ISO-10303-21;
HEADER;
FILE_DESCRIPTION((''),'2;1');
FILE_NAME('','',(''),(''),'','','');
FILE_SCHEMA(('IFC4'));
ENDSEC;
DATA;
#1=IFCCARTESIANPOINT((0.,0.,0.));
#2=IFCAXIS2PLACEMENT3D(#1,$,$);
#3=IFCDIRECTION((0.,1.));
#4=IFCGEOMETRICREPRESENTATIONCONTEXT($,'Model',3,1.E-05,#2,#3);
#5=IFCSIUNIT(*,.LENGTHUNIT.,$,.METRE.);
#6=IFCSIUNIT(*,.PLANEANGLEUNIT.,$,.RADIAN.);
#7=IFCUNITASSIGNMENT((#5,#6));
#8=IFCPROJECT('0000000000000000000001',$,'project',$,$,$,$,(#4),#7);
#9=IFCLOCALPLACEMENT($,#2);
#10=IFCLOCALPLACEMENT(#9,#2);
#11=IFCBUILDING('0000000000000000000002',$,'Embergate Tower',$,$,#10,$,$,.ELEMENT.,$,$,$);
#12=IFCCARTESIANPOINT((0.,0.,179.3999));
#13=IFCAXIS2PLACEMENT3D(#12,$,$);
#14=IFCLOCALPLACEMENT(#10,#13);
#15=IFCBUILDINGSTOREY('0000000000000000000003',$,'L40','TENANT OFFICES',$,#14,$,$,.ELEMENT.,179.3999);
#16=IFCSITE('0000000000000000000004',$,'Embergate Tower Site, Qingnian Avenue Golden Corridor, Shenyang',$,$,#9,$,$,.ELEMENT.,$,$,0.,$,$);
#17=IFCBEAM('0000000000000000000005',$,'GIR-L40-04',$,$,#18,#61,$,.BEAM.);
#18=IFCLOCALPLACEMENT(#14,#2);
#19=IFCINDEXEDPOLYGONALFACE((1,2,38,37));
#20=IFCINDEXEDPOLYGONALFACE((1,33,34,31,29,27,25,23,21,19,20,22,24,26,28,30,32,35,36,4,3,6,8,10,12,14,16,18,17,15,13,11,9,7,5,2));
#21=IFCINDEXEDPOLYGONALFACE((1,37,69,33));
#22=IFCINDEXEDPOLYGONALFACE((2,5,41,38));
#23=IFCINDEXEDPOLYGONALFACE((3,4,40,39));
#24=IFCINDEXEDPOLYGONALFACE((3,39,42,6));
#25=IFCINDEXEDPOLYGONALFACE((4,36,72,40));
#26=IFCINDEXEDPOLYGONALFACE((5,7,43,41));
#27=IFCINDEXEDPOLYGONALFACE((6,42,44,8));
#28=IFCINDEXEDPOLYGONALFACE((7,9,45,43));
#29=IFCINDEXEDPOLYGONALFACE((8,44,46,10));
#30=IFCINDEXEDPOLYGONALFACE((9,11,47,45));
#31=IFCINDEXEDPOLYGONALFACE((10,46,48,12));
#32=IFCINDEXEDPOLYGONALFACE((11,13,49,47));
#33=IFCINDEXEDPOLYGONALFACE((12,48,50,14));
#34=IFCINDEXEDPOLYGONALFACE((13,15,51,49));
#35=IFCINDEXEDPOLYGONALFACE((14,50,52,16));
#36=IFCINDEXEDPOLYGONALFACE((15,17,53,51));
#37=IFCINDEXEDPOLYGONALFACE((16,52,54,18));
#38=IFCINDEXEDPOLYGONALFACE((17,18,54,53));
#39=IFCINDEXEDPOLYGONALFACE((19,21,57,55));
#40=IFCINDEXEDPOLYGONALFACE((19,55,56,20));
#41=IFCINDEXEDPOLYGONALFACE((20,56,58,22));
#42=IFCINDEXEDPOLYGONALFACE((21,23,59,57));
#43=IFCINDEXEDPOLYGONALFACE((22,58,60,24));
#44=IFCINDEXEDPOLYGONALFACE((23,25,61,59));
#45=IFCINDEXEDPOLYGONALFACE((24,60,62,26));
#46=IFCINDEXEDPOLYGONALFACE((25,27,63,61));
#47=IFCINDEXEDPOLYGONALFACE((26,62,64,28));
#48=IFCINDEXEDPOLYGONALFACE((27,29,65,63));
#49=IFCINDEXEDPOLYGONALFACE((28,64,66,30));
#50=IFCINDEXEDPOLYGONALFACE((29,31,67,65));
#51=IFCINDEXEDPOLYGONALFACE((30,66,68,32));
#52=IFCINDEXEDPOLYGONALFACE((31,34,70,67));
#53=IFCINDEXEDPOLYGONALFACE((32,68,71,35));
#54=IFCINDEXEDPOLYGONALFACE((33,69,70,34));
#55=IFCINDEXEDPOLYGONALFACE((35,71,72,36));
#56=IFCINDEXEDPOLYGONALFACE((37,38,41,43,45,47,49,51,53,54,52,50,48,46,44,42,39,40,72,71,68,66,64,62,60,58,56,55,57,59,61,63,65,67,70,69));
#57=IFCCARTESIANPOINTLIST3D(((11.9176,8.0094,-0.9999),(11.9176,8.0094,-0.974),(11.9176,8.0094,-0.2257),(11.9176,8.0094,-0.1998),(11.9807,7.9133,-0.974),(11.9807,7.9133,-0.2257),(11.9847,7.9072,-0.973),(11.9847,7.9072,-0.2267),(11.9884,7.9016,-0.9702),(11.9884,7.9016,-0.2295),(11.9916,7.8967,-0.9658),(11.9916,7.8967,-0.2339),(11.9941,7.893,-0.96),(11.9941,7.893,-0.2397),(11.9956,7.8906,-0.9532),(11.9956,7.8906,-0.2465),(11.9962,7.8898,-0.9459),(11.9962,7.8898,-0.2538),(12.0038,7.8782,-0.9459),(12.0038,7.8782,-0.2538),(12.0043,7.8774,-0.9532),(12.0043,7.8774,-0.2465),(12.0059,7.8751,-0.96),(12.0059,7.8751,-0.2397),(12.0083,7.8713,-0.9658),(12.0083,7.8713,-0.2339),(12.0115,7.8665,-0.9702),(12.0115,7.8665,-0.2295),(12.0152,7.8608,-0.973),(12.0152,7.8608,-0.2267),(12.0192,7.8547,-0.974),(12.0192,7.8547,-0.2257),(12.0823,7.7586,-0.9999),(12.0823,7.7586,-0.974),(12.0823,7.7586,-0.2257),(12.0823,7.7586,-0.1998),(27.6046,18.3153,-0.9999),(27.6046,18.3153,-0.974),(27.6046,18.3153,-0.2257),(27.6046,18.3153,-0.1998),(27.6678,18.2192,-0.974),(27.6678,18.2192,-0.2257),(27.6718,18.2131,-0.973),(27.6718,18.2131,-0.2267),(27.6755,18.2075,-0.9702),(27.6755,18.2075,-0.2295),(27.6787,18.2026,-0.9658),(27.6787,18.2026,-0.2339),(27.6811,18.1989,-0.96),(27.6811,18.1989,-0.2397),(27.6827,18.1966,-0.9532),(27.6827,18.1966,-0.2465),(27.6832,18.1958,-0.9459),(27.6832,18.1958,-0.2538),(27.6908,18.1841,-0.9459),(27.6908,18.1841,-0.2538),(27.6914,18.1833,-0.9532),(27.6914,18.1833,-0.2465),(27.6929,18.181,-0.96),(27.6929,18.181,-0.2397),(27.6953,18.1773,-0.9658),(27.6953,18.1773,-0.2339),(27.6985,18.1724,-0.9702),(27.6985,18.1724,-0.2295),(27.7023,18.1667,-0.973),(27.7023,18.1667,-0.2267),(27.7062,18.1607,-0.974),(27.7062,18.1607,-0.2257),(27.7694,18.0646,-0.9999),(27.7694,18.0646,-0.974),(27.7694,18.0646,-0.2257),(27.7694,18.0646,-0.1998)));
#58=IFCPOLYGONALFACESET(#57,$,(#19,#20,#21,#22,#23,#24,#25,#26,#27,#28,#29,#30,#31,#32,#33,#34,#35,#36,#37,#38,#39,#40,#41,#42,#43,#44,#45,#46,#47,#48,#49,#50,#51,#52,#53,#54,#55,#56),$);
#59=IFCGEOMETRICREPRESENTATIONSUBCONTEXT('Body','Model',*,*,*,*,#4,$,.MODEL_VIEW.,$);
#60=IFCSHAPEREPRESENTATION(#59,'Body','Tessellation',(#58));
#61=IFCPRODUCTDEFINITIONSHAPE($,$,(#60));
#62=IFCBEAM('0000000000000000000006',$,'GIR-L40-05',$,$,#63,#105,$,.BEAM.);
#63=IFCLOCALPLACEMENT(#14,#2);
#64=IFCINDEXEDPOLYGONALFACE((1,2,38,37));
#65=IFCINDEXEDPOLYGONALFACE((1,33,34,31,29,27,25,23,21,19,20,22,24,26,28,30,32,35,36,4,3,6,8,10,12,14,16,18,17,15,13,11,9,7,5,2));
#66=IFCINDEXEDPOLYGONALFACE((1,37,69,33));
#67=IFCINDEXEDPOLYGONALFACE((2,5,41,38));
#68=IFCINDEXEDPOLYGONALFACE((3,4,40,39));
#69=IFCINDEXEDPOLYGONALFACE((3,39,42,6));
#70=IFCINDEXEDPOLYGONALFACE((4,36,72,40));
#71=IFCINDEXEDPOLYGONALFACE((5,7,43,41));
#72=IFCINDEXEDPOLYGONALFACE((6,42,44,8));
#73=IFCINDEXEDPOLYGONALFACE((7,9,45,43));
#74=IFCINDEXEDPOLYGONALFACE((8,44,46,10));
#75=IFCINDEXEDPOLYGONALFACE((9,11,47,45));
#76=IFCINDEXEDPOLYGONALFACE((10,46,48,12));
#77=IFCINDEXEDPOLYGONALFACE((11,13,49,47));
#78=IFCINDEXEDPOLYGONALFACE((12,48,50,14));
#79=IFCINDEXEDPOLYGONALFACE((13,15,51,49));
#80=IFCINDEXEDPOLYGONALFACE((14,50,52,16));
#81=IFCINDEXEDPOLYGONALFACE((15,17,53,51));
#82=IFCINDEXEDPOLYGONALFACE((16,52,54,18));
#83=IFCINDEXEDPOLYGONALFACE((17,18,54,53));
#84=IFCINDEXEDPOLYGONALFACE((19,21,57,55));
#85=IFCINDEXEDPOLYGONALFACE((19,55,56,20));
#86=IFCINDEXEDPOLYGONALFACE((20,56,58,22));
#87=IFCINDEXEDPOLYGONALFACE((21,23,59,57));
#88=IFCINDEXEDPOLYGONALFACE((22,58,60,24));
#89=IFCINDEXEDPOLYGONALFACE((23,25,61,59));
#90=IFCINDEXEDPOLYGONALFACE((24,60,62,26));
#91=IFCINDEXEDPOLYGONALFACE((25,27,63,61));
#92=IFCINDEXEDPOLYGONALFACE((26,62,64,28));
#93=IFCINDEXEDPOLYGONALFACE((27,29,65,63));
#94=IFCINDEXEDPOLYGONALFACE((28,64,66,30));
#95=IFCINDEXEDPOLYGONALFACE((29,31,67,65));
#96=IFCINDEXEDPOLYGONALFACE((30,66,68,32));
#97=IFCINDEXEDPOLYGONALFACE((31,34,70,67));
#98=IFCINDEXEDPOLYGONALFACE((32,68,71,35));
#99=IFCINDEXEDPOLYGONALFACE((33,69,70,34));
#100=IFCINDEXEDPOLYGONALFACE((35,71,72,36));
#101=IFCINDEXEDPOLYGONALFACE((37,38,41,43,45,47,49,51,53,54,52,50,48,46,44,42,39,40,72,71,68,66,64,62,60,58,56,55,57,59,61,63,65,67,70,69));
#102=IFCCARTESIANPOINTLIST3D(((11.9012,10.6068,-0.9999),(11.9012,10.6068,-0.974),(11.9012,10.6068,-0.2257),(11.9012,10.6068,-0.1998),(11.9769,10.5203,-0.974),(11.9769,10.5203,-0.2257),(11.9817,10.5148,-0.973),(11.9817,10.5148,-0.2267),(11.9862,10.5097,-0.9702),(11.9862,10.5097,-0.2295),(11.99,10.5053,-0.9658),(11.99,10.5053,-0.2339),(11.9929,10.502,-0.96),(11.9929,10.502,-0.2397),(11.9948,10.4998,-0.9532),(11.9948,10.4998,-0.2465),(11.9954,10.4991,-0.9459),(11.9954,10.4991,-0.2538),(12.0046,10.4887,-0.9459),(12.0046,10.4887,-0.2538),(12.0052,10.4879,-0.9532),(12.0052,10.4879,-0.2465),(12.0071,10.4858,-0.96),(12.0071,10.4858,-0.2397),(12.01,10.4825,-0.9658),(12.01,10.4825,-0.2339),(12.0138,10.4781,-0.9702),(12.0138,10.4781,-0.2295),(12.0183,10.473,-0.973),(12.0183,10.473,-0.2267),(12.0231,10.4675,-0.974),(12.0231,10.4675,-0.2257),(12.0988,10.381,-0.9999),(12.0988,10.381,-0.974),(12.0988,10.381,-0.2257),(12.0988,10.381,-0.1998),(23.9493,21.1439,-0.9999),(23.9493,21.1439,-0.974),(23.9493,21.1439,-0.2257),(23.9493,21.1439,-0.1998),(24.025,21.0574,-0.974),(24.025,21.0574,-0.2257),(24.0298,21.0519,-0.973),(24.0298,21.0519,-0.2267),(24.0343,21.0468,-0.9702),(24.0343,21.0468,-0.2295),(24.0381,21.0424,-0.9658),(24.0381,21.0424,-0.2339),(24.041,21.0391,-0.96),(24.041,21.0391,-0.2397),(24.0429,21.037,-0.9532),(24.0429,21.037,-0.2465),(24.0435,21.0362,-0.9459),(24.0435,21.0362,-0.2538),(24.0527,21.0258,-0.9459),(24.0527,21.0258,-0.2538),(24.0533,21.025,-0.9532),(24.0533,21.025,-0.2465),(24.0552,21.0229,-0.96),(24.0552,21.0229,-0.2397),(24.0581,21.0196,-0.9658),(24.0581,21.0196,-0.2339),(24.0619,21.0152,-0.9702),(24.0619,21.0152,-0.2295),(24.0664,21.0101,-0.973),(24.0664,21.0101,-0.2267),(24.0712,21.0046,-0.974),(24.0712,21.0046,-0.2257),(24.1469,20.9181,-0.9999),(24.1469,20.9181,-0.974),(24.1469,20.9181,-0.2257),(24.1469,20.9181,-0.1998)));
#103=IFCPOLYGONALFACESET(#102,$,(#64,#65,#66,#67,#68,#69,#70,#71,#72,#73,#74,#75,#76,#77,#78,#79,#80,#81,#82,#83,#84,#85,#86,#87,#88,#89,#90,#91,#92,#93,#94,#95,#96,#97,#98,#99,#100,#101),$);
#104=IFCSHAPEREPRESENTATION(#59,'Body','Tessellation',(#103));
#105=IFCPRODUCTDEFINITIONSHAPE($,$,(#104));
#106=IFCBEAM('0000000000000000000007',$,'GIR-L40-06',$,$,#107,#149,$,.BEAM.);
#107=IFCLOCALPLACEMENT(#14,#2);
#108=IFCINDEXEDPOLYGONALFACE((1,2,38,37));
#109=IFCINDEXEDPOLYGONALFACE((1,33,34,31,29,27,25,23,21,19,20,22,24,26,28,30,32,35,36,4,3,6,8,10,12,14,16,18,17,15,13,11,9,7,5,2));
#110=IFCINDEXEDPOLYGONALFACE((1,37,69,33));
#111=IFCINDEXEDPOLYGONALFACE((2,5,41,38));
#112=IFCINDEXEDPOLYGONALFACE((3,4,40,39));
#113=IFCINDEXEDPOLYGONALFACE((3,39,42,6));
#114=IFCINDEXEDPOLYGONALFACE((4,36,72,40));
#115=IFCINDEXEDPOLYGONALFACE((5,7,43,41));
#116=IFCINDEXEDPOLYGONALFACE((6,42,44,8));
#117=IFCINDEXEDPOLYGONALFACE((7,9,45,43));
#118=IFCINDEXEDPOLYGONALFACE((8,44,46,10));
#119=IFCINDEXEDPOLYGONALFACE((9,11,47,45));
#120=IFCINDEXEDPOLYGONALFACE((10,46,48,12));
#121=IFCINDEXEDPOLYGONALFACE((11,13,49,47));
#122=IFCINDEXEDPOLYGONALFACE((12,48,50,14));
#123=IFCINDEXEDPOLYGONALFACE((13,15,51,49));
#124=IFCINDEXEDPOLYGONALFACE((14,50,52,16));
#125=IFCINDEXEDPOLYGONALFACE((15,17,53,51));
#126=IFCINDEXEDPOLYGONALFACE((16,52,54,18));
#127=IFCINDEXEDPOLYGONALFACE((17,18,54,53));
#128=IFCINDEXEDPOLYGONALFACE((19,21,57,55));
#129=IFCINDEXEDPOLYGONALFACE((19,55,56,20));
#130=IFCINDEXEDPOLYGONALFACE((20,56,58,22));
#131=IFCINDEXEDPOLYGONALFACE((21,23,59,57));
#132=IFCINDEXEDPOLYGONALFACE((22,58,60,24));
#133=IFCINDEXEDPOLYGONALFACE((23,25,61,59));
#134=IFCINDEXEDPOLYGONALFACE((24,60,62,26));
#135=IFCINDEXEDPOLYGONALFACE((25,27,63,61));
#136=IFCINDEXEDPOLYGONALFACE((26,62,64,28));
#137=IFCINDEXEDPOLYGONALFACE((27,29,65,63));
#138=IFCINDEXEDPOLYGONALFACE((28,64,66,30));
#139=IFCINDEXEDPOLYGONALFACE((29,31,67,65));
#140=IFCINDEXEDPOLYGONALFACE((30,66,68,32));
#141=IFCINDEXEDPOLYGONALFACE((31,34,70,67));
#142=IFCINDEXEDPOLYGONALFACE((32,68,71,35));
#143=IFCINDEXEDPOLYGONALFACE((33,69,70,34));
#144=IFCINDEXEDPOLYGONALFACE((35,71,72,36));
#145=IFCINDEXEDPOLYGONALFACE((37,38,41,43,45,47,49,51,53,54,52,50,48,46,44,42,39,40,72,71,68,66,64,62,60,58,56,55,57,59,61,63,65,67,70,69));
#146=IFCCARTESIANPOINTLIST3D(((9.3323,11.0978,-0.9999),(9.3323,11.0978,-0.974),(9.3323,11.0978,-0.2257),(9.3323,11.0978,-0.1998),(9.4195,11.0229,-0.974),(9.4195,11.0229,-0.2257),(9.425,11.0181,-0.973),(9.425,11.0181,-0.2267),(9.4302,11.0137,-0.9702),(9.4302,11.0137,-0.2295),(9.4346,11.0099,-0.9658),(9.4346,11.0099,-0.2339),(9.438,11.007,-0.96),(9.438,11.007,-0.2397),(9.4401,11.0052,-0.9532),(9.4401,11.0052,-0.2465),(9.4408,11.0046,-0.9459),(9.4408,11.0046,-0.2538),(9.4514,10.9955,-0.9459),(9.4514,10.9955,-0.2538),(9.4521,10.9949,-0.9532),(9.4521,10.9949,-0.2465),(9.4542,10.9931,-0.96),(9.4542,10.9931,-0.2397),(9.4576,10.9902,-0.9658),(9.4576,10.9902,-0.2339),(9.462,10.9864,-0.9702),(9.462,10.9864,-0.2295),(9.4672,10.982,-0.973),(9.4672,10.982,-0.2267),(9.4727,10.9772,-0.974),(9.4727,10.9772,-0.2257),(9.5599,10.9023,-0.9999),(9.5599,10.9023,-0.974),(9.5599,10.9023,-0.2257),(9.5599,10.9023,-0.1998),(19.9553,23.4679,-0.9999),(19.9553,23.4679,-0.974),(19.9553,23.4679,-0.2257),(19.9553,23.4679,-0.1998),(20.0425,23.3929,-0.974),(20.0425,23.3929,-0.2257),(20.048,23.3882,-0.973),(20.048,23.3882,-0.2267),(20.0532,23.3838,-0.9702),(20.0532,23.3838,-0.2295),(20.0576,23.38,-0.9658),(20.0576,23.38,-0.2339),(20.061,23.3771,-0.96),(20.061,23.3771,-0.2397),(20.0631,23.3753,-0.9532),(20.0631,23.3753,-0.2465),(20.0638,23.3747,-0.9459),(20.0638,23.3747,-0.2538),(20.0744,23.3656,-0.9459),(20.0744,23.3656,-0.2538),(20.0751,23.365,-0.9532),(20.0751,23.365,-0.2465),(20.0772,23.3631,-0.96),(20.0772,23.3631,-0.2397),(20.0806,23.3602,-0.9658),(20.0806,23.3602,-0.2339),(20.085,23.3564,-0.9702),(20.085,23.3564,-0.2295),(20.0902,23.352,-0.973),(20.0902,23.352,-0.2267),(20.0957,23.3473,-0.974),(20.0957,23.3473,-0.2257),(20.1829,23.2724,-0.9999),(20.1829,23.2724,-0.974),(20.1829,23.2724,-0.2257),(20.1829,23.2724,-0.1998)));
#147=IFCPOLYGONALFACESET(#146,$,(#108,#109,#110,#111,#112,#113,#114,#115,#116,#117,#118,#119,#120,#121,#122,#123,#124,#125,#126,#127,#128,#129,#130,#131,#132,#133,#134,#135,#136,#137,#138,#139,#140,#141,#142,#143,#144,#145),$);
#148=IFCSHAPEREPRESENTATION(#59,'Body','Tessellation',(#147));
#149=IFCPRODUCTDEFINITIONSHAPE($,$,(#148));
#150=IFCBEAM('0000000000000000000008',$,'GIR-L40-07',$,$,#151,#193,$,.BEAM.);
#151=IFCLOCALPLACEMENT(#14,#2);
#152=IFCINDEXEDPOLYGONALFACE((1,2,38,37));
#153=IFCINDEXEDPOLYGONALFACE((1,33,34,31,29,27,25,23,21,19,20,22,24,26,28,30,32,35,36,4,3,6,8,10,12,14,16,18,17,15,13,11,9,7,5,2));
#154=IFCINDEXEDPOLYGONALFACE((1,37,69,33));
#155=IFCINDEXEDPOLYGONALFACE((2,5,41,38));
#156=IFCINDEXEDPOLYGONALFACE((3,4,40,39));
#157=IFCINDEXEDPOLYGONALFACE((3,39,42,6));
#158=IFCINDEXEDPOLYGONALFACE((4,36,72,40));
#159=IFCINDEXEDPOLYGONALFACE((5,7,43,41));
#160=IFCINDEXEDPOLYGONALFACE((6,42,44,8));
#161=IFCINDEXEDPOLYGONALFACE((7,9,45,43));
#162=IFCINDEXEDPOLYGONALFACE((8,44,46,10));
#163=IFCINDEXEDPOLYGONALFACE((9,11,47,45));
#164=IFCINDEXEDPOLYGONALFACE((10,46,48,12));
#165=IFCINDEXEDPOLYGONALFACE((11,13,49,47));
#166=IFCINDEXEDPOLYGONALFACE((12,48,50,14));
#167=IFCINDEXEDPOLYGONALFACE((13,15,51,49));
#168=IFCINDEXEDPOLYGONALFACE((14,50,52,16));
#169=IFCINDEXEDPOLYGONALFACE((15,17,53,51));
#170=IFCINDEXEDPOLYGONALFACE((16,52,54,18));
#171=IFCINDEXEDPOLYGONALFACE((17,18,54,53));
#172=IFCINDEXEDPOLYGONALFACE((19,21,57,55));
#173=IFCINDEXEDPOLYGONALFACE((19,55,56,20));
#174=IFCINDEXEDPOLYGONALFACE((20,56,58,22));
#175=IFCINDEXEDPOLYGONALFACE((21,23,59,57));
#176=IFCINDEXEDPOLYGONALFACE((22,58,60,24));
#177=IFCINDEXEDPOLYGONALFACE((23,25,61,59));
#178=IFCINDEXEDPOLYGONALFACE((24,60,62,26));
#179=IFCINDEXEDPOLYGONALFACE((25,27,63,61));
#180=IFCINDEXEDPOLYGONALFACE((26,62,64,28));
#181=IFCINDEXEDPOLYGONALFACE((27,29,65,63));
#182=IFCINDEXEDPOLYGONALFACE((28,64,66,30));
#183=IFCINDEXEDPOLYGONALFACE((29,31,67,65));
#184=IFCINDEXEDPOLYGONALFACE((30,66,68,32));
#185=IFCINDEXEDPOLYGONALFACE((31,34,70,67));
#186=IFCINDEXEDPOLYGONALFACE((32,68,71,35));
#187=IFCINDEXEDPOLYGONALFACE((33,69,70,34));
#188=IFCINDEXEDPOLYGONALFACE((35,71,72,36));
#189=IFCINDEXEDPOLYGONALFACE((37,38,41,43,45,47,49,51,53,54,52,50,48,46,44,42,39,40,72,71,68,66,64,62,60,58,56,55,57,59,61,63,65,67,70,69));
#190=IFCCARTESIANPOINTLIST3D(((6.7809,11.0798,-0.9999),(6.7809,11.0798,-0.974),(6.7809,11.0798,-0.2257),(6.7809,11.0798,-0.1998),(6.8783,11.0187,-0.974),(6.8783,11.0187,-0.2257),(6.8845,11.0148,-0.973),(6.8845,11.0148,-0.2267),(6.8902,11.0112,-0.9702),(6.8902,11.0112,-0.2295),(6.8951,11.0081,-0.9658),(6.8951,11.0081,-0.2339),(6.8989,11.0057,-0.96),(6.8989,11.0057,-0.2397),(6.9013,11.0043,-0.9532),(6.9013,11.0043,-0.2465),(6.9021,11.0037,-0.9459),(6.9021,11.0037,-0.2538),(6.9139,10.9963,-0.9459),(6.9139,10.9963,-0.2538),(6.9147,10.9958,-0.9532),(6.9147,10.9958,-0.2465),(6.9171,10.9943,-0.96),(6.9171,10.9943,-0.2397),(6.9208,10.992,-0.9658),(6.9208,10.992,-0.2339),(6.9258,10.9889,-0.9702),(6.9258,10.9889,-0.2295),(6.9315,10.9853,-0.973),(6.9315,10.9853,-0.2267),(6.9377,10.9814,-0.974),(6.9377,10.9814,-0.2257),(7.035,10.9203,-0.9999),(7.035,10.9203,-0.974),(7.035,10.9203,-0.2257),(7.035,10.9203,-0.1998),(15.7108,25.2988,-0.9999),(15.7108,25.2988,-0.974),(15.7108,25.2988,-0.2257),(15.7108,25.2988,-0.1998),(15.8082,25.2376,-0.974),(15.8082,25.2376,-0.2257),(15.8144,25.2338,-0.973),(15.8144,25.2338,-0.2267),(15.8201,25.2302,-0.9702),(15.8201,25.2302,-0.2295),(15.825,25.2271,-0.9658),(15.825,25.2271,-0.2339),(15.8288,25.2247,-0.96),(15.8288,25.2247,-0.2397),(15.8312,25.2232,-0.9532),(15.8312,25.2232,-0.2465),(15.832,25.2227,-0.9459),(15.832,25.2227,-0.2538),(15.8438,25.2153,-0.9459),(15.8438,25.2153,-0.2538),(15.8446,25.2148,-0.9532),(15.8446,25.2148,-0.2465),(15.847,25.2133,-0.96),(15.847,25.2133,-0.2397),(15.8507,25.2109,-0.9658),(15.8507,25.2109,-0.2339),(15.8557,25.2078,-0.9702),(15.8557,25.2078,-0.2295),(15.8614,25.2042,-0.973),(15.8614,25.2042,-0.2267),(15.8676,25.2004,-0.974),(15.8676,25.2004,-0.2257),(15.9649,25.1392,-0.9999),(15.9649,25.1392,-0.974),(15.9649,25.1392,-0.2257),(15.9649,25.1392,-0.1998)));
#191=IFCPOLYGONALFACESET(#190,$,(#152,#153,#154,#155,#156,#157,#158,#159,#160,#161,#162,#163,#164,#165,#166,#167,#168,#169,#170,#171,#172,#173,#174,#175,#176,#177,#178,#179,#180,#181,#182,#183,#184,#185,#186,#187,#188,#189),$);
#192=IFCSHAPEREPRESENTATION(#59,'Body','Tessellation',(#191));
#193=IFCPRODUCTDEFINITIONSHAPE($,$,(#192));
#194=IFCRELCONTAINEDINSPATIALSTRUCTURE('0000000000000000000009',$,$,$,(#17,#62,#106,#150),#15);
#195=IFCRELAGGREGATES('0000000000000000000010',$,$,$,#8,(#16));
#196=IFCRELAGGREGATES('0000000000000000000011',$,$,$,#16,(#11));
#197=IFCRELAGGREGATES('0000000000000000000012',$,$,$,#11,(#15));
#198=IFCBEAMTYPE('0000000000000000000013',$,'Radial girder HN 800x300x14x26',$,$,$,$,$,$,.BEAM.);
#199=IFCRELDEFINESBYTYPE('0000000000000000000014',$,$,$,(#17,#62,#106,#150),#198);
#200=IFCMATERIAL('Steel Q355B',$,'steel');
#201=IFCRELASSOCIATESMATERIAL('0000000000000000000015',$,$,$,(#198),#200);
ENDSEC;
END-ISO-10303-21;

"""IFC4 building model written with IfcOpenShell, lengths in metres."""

from ifc_helpers import new_model, si_unit, direction, frame, origin, origin_2d, place, context, subcontext, project, spatial, i_section, extrude, source, transform, mapped, material, material_profile, profile_set, type_object, element, save


model = new_model("IFC4")

# Units and contexts
model_context = context("Model", 3, precision=1e-05, world=origin(), true_north=direction((0.0, 1.0)))
body_context = subcontext(model_context, "Body", "Model", "MODEL_VIEW")
ifc_project = project(units=[si_unit("LENGTHUNIT", "METRE"), si_unit("PLANEANGLEUNIT", "RADIAN")], contexts=[model_context])

# Site, building, storey
site_placement = place(None, origin())
site = spatial("IfcSite", under=ifc_project, at=site_placement, Name="Embergate Tower Site, Qingnian Avenue Golden Corridor, Shenyang", CompositionType="ELEMENT", RefElevation=0.0)
building_placement = place(site_placement, origin())
building = spatial("IfcBuilding", under=site, at=building_placement, Name="Embergate Tower", CompositionType="ELEMENT")
storey_placement = place(building_placement, frame((0.0, 0.0, 179.3999)))
storey = spatial("IfcBuildingStorey", under=building, at=storey_placement, Name="L40", Description="TENANT OFFICES", CompositionType="ELEMENT", Elevation=179.3999)

# Beams
ifc_material_1 = material(Name="Steel Q355B", Category="steel")
ifc_material_profile_1 = material_profile(ifc_material_1, i_section(OverallWidth=0.3, OverallDepth=0.8, WebThickness=0.0139, FlangeThickness=0.0259, FilletRadius=0.0281, at=origin_2d()), Name="HN 800x300x14x26")
ifc_profile_set_1 = profile_set([ifc_material_profile_1], Name="Steel Q355 grade B")
beam_type_1 = type_object("IfcBeamType", Name="Radial girder HN 800x300x14x26", PredefinedType="BEAM", material=ifc_profile_set_1)
shared_shape_1 = source(origin(), body_context, "Body", "SweptSolid", [
    extrude(i_section(OverallWidth=0.3, OverallDepth=0.8, WebThickness=0.0139, FlangeThickness=0.0259, FilletRadius=0.0281, at=origin_2d()), origin(), (0.0, 0.0, 1.0), 18.7695),
])
beam_1_placement = place(storey_placement, frame((27.687, 18.1899, -0.5999), z_axis=(-0.835771, -0.549077, 0.0), x_axis=(0.549077, -0.835771, 0.0)))
element("IfcBeam", 1, at=beam_1_placement, inside=storey, type_object=beam_type_1, Name="GIR-L40-04", PredefinedType="BEAM", context=body_context, shape_type="MappedRepresentation", body=[
    mapped(shared_shape_1, transform((0.0, 0.0, 0.0))),
])
shared_shape_2 = source(origin(), body_context, "Body", "SweptSolid", [
    extrude(i_section(OverallWidth=0.3, OverallDepth=0.8, WebThickness=0.0139, FlangeThickness=0.0259, FilletRadius=0.0281, at=origin_2d()), origin(), (0.0, 0.0, 1.0), 16.0059),
])
beam_2_placement = place(storey_placement, frame((24.0481, 21.031, -0.5999), z_axis=(-0.752731, -0.658329, 0.0), x_axis=(0.658329, -0.752731, 0.0)))
element("IfcBeam", 2, at=beam_2_placement, inside=storey, type_object=beam_type_1, Name="GIR-L40-05", PredefinedType="BEAM", context=body_context, shape_type="MappedRepresentation", body=[
    mapped(shared_shape_2, transform((0.0, 0.0, 0.0))),
])
shared_shape_3 = source(origin(), body_context, "Body", "SweptSolid", [
    extrude(i_section(OverallWidth=0.3, OverallDepth=0.8, WebThickness=0.0139, FlangeThickness=0.0259, FilletRadius=0.0281, at=origin_2d()), origin(), (0.0, 0.0, 1.0), 16.3054),
])
beam_3_placement = place(storey_placement, frame((20.0691, 23.3701, -0.5999), z_axis=(-0.651501, -0.758647, 0.0), x_axis=(0.758647, -0.651501, 0.0)))
element("IfcBeam", 3, at=beam_3_placement, inside=storey, type_object=beam_type_1, Name="GIR-L40-06", PredefinedType="BEAM", context=body_context, shape_type="MappedRepresentation", body=[
    mapped(shared_shape_3, transform((0.0, 0.0, 0.0))),
])
shared_shape_4 = source(origin(), body_context, "Body", "SweptSolid", [
    extrude(i_section(OverallWidth=0.3, OverallDepth=0.8, WebThickness=0.0139, FlangeThickness=0.0259, FilletRadius=0.0281, at=origin_2d()), origin(), (0.0, 0.0, 1.0), 16.7905),
])
beam_4_placement = place(storey_placement, frame((15.8379, 25.219, -0.5999), z_axis=(-0.531842, -0.846844, 0.0), x_axis=(0.846844, -0.531842, 0.0)))
element("IfcBeam", 4, at=beam_4_placement, inside=storey, type_object=beam_type_1, Name="GIR-L40-07", PredefinedType="BEAM", context=body_context, shape_type="MappedRepresentation", body=[
    mapped(shared_shape_4, transform((0.0, 0.0, 0.0))),
])

save(model, "model.ifc")
